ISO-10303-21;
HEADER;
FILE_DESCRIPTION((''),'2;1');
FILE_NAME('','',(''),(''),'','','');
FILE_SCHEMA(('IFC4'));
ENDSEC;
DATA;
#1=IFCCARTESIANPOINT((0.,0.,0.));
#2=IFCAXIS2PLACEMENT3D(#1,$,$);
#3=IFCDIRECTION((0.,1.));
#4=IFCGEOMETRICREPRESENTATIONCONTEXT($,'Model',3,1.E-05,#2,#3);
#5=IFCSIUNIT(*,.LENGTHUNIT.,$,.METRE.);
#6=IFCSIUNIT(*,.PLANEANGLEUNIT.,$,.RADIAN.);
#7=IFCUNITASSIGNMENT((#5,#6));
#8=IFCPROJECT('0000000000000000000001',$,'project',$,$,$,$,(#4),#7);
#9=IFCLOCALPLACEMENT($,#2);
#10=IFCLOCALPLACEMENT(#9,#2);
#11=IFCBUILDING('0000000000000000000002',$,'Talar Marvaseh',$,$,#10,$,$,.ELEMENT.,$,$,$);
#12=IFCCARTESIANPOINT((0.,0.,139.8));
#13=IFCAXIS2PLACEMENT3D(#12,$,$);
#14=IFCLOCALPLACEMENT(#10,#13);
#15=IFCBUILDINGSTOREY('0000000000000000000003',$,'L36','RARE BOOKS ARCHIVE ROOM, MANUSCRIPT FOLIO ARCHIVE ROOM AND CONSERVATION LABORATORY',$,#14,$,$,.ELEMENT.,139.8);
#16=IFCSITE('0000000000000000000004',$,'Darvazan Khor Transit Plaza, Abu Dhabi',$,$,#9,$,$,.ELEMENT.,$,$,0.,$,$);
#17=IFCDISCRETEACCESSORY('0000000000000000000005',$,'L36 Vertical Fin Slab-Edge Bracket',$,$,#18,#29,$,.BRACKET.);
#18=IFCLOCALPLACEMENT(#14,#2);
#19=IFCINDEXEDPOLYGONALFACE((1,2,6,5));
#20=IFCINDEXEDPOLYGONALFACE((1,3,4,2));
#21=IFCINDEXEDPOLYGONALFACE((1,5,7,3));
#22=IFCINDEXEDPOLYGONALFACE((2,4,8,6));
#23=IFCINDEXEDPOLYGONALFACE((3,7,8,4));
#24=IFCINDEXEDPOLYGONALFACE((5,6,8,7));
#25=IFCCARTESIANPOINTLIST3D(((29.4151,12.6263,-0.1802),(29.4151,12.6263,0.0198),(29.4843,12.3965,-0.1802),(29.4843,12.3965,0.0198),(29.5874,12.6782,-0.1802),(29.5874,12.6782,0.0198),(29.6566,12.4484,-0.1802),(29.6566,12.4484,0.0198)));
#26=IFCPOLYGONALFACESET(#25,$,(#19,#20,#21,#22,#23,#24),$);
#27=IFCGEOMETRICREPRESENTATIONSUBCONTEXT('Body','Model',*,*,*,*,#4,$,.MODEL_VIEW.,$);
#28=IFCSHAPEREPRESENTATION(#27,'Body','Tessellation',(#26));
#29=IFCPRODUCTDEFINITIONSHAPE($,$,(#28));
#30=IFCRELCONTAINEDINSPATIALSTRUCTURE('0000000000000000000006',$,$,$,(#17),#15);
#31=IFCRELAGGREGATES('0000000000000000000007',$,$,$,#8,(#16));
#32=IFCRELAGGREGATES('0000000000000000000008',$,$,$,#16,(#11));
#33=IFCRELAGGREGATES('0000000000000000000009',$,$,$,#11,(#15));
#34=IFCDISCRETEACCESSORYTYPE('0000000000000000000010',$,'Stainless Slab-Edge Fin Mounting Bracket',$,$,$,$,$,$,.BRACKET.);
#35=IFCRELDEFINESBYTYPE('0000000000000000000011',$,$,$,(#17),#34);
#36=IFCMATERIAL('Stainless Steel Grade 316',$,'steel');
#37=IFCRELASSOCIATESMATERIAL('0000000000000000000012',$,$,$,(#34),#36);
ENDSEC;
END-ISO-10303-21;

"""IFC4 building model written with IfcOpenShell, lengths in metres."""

from ifc_helpers import new_model, si_unit, direction, frame, origin, origin_2d, place, context, subcontext, project, spatial, rectangle, extrude, source, transform, mapped, material, type_object, type_shapes, element, save


model = new_model("IFC4")

# Units and contexts
model_context = context("Model", 3, precision=1e-05, world=origin(), true_north=direction((0.0, 1.0)))
body_context = subcontext(model_context, "Body", "Model", "MODEL_VIEW")
ifc_project = project(units=[si_unit("LENGTHUNIT", "METRE"), si_unit("PLANEANGLEUNIT", "RADIAN")], contexts=[model_context])

# Site, building, storey
site_placement = place(None, origin())
site = spatial("IfcSite", under=ifc_project, at=site_placement, Name="Darvazan Khor Transit Plaza, Abu Dhabi", CompositionType="ELEMENT", RefElevation=0.0)
building_placement = place(site_placement, origin())
building = spatial("IfcBuilding", under=site, at=building_placement, Name="Talar Marvaseh", CompositionType="ELEMENT")
storey_placement = place(building_placement, frame((0.0, 0.0, 139.8)))
storey = spatial("IfcBuildingStorey", under=building, at=storey_placement, Name="L36", Description="RARE BOOKS ARCHIVE ROOM, MANUSCRIPT FOLIO ARCHIVE ROOM AND CONSERVATION LABORATORY", CompositionType="ELEMENT", Elevation=139.8)

# Shared definitions
ifc_material_1 = material(Name="Stainless Steel Grade 316", Category="steel")

# Discrete accessory
discrete_accessory_type = type_object("IfcDiscreteAccessoryType", Name="Stainless Slab-Edge Fin Mounting Bracket", PredefinedType="BRACKET", material=ifc_material_1)
shared_shape_1 = source(origin(), body_context, "Body", "SweptSolid", [
    extrude(rectangle(XDim=0.24, YDim=0.1799, at=origin_2d()), origin(), (0.0, 0.0, 1.0), 0.2),
])
type_shapes(discrete_accessory_type, [shared_shape_1])
for number, where, z_axis, x_axis, name in (
    (1, (29.5359, 12.5374, -0.1802), (0.0, 0.0, 1.0), (0.288363, -0.957521, 0.0), "L36 Vertical Fin Slab-Edge Bracket"),
):
    element("IfcDiscreteAccessory", number, at=place(storey_placement, frame(where, z_axis=z_axis, x_axis=x_axis)), inside=storey, type_object=discrete_accessory_type, Name=name, PredefinedType="BRACKET", context=body_context, shape_type="MappedRepresentation", body=[
        mapped(shared_shape_1, transform((0.0, 0.0, 0.0), x_axis=(1.0, 0.0, 0.0), y_axis=(0.0, 1.0, 0.0), z_axis=(0.0, 0.0, 1.0), scale=1.0)),
    ])

save(model, "model.ifc")
